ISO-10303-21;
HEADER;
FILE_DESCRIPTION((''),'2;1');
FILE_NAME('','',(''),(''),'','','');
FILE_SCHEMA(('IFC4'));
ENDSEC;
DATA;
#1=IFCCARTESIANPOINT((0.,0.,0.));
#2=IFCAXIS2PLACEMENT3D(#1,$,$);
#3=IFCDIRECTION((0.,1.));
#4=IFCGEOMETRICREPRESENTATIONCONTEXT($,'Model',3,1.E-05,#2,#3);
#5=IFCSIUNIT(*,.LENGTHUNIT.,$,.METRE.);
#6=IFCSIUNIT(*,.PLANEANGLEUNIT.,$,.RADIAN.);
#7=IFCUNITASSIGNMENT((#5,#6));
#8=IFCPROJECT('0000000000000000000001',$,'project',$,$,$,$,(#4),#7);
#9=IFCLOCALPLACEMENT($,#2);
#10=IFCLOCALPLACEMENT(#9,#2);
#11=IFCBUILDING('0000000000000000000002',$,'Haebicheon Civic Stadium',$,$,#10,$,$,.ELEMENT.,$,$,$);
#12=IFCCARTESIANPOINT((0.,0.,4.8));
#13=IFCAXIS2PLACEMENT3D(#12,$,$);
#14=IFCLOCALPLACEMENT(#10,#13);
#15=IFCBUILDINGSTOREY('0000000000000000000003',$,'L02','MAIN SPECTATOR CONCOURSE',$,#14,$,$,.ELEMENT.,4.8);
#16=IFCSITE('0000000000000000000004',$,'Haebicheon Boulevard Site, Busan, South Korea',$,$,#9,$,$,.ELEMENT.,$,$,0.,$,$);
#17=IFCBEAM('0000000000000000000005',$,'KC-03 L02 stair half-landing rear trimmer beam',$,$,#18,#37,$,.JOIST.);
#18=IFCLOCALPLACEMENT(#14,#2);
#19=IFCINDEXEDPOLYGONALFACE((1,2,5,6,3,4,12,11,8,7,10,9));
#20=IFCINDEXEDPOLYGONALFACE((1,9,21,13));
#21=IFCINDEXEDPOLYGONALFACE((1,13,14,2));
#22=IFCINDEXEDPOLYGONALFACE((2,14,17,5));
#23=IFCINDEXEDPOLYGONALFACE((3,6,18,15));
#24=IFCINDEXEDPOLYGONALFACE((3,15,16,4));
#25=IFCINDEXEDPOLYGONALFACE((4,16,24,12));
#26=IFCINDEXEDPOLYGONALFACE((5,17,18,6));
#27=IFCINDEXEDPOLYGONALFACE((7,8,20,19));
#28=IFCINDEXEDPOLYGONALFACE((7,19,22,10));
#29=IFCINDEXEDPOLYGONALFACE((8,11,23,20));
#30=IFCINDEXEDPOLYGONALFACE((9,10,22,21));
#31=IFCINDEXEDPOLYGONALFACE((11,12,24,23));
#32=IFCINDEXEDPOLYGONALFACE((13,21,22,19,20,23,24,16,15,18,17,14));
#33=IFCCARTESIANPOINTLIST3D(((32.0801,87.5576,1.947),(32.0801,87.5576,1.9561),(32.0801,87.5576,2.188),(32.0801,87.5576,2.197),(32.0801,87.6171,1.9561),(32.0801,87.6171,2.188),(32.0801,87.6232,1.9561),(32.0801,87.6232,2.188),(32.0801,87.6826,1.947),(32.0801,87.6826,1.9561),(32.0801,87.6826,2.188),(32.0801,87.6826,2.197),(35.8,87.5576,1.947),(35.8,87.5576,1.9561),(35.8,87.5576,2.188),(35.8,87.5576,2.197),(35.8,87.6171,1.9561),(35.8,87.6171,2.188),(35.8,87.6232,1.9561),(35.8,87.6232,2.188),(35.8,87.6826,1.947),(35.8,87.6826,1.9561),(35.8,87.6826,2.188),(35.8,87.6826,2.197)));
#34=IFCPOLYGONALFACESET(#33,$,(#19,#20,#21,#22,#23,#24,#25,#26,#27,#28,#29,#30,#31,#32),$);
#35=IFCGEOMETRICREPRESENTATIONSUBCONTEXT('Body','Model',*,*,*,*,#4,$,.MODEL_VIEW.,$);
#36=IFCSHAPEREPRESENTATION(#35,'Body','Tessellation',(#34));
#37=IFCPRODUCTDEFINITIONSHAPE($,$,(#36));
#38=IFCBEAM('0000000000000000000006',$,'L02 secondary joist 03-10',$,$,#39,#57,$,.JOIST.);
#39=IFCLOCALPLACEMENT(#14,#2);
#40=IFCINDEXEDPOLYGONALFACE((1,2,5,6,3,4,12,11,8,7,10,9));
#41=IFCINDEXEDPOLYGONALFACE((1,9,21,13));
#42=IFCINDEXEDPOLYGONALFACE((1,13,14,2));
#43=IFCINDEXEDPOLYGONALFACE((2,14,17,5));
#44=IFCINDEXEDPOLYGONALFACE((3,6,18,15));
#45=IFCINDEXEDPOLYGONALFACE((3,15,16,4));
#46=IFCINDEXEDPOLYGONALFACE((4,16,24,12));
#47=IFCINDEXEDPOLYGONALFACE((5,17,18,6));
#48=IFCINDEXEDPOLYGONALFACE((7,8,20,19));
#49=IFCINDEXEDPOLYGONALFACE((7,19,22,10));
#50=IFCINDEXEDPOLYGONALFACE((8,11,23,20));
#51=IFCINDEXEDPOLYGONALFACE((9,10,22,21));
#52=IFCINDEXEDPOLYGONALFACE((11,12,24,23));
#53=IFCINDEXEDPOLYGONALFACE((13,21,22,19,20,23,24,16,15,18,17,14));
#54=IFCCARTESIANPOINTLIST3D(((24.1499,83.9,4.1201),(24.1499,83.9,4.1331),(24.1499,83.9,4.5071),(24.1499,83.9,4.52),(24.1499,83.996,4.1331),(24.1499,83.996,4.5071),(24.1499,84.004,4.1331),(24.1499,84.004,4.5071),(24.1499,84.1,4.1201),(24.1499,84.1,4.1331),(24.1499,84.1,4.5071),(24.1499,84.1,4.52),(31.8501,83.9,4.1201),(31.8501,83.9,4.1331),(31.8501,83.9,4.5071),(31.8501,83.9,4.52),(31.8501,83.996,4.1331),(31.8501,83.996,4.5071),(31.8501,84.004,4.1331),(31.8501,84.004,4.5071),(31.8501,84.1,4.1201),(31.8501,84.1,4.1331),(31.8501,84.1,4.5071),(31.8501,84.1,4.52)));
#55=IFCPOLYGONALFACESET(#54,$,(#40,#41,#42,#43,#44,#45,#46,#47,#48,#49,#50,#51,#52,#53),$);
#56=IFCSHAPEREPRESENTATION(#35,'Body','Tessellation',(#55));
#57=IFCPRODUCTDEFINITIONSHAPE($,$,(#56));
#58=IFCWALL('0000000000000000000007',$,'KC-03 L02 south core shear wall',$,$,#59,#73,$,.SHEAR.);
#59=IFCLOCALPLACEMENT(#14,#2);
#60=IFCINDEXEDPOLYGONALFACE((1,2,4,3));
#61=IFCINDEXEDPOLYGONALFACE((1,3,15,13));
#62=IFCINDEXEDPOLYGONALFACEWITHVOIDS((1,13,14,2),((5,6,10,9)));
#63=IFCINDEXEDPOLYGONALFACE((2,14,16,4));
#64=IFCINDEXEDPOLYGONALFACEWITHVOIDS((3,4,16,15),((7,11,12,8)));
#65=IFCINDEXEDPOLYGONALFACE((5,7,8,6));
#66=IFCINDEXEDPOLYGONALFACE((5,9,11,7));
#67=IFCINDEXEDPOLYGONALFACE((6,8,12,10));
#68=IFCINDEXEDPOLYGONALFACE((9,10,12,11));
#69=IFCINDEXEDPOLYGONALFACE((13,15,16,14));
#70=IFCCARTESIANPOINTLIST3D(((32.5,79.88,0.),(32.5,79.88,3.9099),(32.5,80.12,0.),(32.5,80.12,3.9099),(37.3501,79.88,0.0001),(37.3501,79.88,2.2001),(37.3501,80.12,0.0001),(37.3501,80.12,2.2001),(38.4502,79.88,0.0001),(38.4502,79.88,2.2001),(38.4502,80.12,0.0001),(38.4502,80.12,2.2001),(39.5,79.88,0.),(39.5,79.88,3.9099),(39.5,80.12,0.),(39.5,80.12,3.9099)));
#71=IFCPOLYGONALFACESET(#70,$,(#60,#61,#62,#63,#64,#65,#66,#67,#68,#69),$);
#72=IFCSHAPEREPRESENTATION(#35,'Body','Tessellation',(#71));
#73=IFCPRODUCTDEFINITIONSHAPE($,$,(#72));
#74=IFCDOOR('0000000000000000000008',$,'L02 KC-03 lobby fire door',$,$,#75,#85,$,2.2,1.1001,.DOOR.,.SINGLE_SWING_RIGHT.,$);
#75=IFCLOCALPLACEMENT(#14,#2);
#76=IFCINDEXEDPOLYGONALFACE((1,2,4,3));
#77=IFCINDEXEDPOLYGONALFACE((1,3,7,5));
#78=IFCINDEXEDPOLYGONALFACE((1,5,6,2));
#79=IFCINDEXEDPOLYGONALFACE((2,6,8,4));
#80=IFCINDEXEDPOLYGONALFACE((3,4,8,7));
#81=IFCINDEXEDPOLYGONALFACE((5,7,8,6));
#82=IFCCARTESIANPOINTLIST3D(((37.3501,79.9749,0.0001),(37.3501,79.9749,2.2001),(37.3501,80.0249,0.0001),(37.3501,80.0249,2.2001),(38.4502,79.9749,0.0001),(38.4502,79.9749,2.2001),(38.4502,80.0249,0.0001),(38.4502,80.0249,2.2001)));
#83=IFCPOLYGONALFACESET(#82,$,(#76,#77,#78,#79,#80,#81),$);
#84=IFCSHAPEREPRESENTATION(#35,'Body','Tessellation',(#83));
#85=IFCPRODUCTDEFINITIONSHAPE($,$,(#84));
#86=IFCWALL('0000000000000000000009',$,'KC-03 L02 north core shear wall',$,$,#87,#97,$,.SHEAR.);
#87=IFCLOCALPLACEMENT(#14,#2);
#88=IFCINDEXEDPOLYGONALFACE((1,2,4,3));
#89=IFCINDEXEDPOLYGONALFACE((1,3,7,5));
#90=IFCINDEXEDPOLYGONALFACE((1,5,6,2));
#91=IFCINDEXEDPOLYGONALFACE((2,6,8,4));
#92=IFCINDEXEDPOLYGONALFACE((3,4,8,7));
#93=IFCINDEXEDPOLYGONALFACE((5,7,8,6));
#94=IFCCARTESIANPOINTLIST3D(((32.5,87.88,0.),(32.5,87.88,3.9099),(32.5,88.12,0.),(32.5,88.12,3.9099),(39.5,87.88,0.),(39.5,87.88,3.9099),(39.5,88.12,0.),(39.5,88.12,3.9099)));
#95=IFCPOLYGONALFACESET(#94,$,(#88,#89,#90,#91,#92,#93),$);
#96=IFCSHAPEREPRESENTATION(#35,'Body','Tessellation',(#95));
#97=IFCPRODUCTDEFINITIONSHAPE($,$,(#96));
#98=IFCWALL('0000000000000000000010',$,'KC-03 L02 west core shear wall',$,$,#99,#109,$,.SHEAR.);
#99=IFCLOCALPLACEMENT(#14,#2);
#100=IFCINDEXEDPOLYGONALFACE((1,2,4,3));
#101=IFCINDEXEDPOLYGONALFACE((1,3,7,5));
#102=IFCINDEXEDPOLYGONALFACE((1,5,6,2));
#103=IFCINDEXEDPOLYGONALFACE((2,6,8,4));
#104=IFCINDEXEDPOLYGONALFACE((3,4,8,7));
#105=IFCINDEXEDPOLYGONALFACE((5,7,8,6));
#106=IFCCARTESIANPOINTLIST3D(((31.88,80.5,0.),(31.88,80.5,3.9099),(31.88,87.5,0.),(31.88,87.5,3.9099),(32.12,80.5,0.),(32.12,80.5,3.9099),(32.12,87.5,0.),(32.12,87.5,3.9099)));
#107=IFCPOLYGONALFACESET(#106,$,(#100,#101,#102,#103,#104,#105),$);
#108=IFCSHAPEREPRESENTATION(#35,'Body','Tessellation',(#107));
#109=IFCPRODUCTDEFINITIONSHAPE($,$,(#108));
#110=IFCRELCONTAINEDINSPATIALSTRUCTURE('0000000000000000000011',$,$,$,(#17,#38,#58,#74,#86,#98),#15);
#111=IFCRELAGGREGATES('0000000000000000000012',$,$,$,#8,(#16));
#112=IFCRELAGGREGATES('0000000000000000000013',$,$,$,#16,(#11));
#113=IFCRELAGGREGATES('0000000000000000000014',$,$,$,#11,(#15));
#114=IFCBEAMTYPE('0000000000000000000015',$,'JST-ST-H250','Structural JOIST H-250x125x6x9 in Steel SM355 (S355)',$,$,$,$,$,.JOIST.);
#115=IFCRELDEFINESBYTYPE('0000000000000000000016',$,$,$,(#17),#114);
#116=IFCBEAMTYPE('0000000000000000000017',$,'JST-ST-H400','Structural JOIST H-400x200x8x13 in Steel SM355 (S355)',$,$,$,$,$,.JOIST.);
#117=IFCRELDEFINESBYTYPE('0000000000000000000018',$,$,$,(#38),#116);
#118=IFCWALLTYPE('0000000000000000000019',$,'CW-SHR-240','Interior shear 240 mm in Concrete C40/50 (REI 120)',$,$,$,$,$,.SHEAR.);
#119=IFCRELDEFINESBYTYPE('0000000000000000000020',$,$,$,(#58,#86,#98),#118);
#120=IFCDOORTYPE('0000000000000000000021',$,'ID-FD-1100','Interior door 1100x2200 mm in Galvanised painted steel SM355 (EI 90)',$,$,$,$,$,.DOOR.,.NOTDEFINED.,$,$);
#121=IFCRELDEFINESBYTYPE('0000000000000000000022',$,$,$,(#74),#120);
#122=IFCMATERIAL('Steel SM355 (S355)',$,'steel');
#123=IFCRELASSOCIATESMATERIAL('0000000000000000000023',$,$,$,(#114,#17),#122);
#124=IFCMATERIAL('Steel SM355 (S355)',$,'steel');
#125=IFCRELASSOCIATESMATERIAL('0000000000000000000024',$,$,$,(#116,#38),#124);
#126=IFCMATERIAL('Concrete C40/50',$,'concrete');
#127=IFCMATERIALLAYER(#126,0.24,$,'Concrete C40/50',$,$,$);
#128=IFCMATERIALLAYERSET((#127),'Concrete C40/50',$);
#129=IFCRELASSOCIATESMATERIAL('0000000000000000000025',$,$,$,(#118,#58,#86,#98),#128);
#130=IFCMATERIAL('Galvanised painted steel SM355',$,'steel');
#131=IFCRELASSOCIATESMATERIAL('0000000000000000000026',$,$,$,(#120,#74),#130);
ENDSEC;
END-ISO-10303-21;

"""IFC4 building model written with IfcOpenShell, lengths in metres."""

from ifc_helpers import new_model, si_unit, direction, frame, frame_2d, origin, origin_2d, place, context, subcontext, project, spatial, rectangle, i_section, extrude, material, layer, layer_set, material_profile, profile_set, type_object, element, fill, save


model = new_model("IFC4")

# Units and contexts
model_context = context("Model", 3, precision=1e-05, world=origin(), true_north=direction((0.0, 1.0)))
body_context = subcontext(model_context, "Body", "Model", "MODEL_VIEW")
ifc_project = project(units=[si_unit("LENGTHUNIT", "METRE"), si_unit("PLANEANGLEUNIT", "RADIAN")], contexts=[model_context])

# Site, building, storey
site_placement = place(None, origin())
site = spatial("IfcSite", under=ifc_project, at=site_placement, Name="Haebicheon Boulevard Site, Busan, South Korea", CompositionType="ELEMENT", RefElevation=0.0)
building_placement = place(site_placement, origin())
building = spatial("IfcBuilding", under=site, at=building_placement, Name="Haebicheon Civic Stadium", CompositionType="ELEMENT")
storey_placement = place(building_placement, frame((0.0, 0.0, 4.8)))
storey = spatial("IfcBuildingStorey", under=building, at=storey_placement, Name="L02", Description="MAIN SPECTATOR CONCOURSE", CompositionType="ELEMENT", Elevation=4.8)

# Beams
ifc_material_1 = material(Name="Steel SM355 (S355)", Category="steel")
ifc_material_profile_1 = material_profile(ifc_material_1, i_section(OverallWidth=0.125, OverallDepth=0.25, WebThickness=0.0061, FlangeThickness=0.009, at=origin_2d()), Name="H-250x125x6x9")
ifc_profile_set_1 = profile_set([ifc_material_profile_1], Name="Steel SM355 (S355)")
beam_type_1 = type_object("IfcBeamType", Name="JST-ST-H250", Description="Structural JOIST H-250x125x6x9 in Steel SM355 (S355)", PredefinedType="JOIST", material=ifc_profile_set_1)
for number, where, z_axis, x_axis, name in (
    (1, (32.0801, 87.6201, 2.072), (1.0, 0.0, 0.0), (0.0, 1.0, 0.0), "KC-03 L02 stair half-landing rear trimmer beam"),
):
    element("IfcBeam", number, at=place(storey_placement, frame(where, z_axis=z_axis, x_axis=x_axis)), inside=storey, type_object=beam_type_1, material=ifc_profile_set_1, Name=name, PredefinedType="JOIST", context=body_context, shape_type="SweptSolid", body=[
        extrude(i_section(OverallWidth=0.125, OverallDepth=0.25, WebThickness=0.0061, FlangeThickness=0.009, at=origin_2d()), origin(), (0.0, 0.0, 1.0), 3.72),
    ])
ifc_material_2 = material(Name="Steel SM355 (S355)", Category="steel")
ifc_material_profile_2 = material_profile(ifc_material_2, i_section(OverallWidth=0.2, OverallDepth=0.3999, WebThickness=0.0081, FlangeThickness=0.0129, at=origin_2d()), Name="H-400x200x8x13")
ifc_profile_set_2 = profile_set([ifc_material_profile_2], Name="Steel SM355 (S355)")
beam_type_2 = type_object("IfcBeamType", Name="JST-ST-H400", Description="Structural JOIST H-400x200x8x13 in Steel SM355 (S355)", PredefinedType="JOIST", material=ifc_profile_set_2)
beam_placement = place(storey_placement, frame((24.1499, 84.0, 4.3201), z_axis=(1.0, 0.0, 0.0), x_axis=(0.0, 1.0, 0.0)))
element("IfcBeam", 2, at=beam_placement, inside=storey, type_object=beam_type_2, material=ifc_profile_set_2, Name="L02 secondary joist 03-10", PredefinedType="JOIST", context=body_context, shape_type="SweptSolid", body=[
    extrude(i_section(OverallWidth=0.2, OverallDepth=0.3999, WebThickness=0.0081, FlangeThickness=0.0129, at=origin_2d()), origin(), (0.0, 0.0, 1.0), 7.7002),
])

# Wall, opening, door
ifc_material_3 = material(Name="Concrete C40/50", Category="concrete")
ifc_layer = layer(ifc_material_3, 0.24, Name="Concrete C40/50")
ifc_layer_set = layer_set([ifc_layer], Name="Concrete C40/50")
wall_type = type_object("IfcWallType", Name="CW-SHR-240", Description="Interior shear 240 mm in Concrete C40/50 (REI 120)", PredefinedType="SHEAR", material=ifc_layer_set)
wall_placement = place(storey_placement, frame((32.5, 80.0, 0.0), z_axis=(0.0, 0.0, 1.0), x_axis=(1.0, 0.0, 0.0)))
wall = element("IfcWall", 3, at=wall_placement, inside=storey, type_object=wall_type, material=ifc_layer_set, Name="KC-03 L02 south core shear wall", PredefinedType="SHEAR", context=body_context, shape_type="SweptSolid", body=[
    extrude(rectangle(XDim=7.0, YDim=0.24, at=frame_2d((3.5, 0.0))), origin(), (0.0, 0.0, 1.0), 3.9099),
])
opening_placement = place(wall_placement, frame((4.8501, 0.0, 0.0)))
opening = element("IfcOpeningElement", 4, at=opening_placement, cuts=wall, PredefinedType="OPENING", context=body_context, shape_type="SweptSolid", body=[
    extrude(rectangle(XDim=1.1001, YDim=2.2, at=frame_2d((0.55, 1.1001))), frame((0.0, 0.1299, 0.0), z_axis=(0.0, -1.0, 0.0), x_axis=(1.0, 0.0, 0.0)), (0.0, 0.0, 1.0), 0.26),
])
ifc_material_4 = material(Name="Galvanised painted steel SM355", Category="steel")
door_type = type_object("IfcDoorType", Name="ID-FD-1100", Description="Interior door 1100x2200 mm in Galvanised painted steel SM355 (EI 90)", OperationType="NOTDEFINED", PredefinedType="DOOR", material=ifc_material_4)
door_placement = place(opening_placement, origin())
door = element("IfcDoor", 5, at=door_placement, inside=storey, type_object=door_type, material=ifc_material_4, Name="L02 KC-03 lobby fire door", OperationType="SINGLE_SWING_RIGHT", OverallHeight=2.2, OverallWidth=1.1001, PredefinedType="DOOR", context=body_context, shape_type="SweptSolid", body=[
    extrude(rectangle(XDim=1.1001, YDim=2.2, at=frame_2d((0.55, 1.1001))), frame((0.0, 0.0249, 0.0), z_axis=(0.0, -1.0, 0.0), x_axis=(1.0, 0.0, 0.0)), (0.0, 0.0, 1.0), 0.05),
])
fill(opening, door)

# Walls
for number, where, z_axis, x_axis, name in (
    (6, (32.5, 88.0, 0.0), (0.0, 0.0, 1.0), (1.0, 0.0, 0.0), "KC-03 L02 north core shear wall"),
    (7, (32.0, 80.5, 0.0), (0.0, 0.0, 1.0), (0.0, 1.0, 0.0), "KC-03 L02 west core shear wall"),
):
    element("IfcWall", number, at=place(storey_placement, frame(where, z_axis=z_axis, x_axis=x_axis)), inside=storey, type_object=wall_type, material=ifc_layer_set, Name=name, PredefinedType="SHEAR", context=body_context, shape_type="SweptSolid", body=[
        extrude(rectangle(XDim=7.0, YDim=0.24, at=frame_2d((3.5, 0.0))), origin(), (0.0, 0.0, 1.0), 3.9099),
    ])

save(model, "model.ifc")
